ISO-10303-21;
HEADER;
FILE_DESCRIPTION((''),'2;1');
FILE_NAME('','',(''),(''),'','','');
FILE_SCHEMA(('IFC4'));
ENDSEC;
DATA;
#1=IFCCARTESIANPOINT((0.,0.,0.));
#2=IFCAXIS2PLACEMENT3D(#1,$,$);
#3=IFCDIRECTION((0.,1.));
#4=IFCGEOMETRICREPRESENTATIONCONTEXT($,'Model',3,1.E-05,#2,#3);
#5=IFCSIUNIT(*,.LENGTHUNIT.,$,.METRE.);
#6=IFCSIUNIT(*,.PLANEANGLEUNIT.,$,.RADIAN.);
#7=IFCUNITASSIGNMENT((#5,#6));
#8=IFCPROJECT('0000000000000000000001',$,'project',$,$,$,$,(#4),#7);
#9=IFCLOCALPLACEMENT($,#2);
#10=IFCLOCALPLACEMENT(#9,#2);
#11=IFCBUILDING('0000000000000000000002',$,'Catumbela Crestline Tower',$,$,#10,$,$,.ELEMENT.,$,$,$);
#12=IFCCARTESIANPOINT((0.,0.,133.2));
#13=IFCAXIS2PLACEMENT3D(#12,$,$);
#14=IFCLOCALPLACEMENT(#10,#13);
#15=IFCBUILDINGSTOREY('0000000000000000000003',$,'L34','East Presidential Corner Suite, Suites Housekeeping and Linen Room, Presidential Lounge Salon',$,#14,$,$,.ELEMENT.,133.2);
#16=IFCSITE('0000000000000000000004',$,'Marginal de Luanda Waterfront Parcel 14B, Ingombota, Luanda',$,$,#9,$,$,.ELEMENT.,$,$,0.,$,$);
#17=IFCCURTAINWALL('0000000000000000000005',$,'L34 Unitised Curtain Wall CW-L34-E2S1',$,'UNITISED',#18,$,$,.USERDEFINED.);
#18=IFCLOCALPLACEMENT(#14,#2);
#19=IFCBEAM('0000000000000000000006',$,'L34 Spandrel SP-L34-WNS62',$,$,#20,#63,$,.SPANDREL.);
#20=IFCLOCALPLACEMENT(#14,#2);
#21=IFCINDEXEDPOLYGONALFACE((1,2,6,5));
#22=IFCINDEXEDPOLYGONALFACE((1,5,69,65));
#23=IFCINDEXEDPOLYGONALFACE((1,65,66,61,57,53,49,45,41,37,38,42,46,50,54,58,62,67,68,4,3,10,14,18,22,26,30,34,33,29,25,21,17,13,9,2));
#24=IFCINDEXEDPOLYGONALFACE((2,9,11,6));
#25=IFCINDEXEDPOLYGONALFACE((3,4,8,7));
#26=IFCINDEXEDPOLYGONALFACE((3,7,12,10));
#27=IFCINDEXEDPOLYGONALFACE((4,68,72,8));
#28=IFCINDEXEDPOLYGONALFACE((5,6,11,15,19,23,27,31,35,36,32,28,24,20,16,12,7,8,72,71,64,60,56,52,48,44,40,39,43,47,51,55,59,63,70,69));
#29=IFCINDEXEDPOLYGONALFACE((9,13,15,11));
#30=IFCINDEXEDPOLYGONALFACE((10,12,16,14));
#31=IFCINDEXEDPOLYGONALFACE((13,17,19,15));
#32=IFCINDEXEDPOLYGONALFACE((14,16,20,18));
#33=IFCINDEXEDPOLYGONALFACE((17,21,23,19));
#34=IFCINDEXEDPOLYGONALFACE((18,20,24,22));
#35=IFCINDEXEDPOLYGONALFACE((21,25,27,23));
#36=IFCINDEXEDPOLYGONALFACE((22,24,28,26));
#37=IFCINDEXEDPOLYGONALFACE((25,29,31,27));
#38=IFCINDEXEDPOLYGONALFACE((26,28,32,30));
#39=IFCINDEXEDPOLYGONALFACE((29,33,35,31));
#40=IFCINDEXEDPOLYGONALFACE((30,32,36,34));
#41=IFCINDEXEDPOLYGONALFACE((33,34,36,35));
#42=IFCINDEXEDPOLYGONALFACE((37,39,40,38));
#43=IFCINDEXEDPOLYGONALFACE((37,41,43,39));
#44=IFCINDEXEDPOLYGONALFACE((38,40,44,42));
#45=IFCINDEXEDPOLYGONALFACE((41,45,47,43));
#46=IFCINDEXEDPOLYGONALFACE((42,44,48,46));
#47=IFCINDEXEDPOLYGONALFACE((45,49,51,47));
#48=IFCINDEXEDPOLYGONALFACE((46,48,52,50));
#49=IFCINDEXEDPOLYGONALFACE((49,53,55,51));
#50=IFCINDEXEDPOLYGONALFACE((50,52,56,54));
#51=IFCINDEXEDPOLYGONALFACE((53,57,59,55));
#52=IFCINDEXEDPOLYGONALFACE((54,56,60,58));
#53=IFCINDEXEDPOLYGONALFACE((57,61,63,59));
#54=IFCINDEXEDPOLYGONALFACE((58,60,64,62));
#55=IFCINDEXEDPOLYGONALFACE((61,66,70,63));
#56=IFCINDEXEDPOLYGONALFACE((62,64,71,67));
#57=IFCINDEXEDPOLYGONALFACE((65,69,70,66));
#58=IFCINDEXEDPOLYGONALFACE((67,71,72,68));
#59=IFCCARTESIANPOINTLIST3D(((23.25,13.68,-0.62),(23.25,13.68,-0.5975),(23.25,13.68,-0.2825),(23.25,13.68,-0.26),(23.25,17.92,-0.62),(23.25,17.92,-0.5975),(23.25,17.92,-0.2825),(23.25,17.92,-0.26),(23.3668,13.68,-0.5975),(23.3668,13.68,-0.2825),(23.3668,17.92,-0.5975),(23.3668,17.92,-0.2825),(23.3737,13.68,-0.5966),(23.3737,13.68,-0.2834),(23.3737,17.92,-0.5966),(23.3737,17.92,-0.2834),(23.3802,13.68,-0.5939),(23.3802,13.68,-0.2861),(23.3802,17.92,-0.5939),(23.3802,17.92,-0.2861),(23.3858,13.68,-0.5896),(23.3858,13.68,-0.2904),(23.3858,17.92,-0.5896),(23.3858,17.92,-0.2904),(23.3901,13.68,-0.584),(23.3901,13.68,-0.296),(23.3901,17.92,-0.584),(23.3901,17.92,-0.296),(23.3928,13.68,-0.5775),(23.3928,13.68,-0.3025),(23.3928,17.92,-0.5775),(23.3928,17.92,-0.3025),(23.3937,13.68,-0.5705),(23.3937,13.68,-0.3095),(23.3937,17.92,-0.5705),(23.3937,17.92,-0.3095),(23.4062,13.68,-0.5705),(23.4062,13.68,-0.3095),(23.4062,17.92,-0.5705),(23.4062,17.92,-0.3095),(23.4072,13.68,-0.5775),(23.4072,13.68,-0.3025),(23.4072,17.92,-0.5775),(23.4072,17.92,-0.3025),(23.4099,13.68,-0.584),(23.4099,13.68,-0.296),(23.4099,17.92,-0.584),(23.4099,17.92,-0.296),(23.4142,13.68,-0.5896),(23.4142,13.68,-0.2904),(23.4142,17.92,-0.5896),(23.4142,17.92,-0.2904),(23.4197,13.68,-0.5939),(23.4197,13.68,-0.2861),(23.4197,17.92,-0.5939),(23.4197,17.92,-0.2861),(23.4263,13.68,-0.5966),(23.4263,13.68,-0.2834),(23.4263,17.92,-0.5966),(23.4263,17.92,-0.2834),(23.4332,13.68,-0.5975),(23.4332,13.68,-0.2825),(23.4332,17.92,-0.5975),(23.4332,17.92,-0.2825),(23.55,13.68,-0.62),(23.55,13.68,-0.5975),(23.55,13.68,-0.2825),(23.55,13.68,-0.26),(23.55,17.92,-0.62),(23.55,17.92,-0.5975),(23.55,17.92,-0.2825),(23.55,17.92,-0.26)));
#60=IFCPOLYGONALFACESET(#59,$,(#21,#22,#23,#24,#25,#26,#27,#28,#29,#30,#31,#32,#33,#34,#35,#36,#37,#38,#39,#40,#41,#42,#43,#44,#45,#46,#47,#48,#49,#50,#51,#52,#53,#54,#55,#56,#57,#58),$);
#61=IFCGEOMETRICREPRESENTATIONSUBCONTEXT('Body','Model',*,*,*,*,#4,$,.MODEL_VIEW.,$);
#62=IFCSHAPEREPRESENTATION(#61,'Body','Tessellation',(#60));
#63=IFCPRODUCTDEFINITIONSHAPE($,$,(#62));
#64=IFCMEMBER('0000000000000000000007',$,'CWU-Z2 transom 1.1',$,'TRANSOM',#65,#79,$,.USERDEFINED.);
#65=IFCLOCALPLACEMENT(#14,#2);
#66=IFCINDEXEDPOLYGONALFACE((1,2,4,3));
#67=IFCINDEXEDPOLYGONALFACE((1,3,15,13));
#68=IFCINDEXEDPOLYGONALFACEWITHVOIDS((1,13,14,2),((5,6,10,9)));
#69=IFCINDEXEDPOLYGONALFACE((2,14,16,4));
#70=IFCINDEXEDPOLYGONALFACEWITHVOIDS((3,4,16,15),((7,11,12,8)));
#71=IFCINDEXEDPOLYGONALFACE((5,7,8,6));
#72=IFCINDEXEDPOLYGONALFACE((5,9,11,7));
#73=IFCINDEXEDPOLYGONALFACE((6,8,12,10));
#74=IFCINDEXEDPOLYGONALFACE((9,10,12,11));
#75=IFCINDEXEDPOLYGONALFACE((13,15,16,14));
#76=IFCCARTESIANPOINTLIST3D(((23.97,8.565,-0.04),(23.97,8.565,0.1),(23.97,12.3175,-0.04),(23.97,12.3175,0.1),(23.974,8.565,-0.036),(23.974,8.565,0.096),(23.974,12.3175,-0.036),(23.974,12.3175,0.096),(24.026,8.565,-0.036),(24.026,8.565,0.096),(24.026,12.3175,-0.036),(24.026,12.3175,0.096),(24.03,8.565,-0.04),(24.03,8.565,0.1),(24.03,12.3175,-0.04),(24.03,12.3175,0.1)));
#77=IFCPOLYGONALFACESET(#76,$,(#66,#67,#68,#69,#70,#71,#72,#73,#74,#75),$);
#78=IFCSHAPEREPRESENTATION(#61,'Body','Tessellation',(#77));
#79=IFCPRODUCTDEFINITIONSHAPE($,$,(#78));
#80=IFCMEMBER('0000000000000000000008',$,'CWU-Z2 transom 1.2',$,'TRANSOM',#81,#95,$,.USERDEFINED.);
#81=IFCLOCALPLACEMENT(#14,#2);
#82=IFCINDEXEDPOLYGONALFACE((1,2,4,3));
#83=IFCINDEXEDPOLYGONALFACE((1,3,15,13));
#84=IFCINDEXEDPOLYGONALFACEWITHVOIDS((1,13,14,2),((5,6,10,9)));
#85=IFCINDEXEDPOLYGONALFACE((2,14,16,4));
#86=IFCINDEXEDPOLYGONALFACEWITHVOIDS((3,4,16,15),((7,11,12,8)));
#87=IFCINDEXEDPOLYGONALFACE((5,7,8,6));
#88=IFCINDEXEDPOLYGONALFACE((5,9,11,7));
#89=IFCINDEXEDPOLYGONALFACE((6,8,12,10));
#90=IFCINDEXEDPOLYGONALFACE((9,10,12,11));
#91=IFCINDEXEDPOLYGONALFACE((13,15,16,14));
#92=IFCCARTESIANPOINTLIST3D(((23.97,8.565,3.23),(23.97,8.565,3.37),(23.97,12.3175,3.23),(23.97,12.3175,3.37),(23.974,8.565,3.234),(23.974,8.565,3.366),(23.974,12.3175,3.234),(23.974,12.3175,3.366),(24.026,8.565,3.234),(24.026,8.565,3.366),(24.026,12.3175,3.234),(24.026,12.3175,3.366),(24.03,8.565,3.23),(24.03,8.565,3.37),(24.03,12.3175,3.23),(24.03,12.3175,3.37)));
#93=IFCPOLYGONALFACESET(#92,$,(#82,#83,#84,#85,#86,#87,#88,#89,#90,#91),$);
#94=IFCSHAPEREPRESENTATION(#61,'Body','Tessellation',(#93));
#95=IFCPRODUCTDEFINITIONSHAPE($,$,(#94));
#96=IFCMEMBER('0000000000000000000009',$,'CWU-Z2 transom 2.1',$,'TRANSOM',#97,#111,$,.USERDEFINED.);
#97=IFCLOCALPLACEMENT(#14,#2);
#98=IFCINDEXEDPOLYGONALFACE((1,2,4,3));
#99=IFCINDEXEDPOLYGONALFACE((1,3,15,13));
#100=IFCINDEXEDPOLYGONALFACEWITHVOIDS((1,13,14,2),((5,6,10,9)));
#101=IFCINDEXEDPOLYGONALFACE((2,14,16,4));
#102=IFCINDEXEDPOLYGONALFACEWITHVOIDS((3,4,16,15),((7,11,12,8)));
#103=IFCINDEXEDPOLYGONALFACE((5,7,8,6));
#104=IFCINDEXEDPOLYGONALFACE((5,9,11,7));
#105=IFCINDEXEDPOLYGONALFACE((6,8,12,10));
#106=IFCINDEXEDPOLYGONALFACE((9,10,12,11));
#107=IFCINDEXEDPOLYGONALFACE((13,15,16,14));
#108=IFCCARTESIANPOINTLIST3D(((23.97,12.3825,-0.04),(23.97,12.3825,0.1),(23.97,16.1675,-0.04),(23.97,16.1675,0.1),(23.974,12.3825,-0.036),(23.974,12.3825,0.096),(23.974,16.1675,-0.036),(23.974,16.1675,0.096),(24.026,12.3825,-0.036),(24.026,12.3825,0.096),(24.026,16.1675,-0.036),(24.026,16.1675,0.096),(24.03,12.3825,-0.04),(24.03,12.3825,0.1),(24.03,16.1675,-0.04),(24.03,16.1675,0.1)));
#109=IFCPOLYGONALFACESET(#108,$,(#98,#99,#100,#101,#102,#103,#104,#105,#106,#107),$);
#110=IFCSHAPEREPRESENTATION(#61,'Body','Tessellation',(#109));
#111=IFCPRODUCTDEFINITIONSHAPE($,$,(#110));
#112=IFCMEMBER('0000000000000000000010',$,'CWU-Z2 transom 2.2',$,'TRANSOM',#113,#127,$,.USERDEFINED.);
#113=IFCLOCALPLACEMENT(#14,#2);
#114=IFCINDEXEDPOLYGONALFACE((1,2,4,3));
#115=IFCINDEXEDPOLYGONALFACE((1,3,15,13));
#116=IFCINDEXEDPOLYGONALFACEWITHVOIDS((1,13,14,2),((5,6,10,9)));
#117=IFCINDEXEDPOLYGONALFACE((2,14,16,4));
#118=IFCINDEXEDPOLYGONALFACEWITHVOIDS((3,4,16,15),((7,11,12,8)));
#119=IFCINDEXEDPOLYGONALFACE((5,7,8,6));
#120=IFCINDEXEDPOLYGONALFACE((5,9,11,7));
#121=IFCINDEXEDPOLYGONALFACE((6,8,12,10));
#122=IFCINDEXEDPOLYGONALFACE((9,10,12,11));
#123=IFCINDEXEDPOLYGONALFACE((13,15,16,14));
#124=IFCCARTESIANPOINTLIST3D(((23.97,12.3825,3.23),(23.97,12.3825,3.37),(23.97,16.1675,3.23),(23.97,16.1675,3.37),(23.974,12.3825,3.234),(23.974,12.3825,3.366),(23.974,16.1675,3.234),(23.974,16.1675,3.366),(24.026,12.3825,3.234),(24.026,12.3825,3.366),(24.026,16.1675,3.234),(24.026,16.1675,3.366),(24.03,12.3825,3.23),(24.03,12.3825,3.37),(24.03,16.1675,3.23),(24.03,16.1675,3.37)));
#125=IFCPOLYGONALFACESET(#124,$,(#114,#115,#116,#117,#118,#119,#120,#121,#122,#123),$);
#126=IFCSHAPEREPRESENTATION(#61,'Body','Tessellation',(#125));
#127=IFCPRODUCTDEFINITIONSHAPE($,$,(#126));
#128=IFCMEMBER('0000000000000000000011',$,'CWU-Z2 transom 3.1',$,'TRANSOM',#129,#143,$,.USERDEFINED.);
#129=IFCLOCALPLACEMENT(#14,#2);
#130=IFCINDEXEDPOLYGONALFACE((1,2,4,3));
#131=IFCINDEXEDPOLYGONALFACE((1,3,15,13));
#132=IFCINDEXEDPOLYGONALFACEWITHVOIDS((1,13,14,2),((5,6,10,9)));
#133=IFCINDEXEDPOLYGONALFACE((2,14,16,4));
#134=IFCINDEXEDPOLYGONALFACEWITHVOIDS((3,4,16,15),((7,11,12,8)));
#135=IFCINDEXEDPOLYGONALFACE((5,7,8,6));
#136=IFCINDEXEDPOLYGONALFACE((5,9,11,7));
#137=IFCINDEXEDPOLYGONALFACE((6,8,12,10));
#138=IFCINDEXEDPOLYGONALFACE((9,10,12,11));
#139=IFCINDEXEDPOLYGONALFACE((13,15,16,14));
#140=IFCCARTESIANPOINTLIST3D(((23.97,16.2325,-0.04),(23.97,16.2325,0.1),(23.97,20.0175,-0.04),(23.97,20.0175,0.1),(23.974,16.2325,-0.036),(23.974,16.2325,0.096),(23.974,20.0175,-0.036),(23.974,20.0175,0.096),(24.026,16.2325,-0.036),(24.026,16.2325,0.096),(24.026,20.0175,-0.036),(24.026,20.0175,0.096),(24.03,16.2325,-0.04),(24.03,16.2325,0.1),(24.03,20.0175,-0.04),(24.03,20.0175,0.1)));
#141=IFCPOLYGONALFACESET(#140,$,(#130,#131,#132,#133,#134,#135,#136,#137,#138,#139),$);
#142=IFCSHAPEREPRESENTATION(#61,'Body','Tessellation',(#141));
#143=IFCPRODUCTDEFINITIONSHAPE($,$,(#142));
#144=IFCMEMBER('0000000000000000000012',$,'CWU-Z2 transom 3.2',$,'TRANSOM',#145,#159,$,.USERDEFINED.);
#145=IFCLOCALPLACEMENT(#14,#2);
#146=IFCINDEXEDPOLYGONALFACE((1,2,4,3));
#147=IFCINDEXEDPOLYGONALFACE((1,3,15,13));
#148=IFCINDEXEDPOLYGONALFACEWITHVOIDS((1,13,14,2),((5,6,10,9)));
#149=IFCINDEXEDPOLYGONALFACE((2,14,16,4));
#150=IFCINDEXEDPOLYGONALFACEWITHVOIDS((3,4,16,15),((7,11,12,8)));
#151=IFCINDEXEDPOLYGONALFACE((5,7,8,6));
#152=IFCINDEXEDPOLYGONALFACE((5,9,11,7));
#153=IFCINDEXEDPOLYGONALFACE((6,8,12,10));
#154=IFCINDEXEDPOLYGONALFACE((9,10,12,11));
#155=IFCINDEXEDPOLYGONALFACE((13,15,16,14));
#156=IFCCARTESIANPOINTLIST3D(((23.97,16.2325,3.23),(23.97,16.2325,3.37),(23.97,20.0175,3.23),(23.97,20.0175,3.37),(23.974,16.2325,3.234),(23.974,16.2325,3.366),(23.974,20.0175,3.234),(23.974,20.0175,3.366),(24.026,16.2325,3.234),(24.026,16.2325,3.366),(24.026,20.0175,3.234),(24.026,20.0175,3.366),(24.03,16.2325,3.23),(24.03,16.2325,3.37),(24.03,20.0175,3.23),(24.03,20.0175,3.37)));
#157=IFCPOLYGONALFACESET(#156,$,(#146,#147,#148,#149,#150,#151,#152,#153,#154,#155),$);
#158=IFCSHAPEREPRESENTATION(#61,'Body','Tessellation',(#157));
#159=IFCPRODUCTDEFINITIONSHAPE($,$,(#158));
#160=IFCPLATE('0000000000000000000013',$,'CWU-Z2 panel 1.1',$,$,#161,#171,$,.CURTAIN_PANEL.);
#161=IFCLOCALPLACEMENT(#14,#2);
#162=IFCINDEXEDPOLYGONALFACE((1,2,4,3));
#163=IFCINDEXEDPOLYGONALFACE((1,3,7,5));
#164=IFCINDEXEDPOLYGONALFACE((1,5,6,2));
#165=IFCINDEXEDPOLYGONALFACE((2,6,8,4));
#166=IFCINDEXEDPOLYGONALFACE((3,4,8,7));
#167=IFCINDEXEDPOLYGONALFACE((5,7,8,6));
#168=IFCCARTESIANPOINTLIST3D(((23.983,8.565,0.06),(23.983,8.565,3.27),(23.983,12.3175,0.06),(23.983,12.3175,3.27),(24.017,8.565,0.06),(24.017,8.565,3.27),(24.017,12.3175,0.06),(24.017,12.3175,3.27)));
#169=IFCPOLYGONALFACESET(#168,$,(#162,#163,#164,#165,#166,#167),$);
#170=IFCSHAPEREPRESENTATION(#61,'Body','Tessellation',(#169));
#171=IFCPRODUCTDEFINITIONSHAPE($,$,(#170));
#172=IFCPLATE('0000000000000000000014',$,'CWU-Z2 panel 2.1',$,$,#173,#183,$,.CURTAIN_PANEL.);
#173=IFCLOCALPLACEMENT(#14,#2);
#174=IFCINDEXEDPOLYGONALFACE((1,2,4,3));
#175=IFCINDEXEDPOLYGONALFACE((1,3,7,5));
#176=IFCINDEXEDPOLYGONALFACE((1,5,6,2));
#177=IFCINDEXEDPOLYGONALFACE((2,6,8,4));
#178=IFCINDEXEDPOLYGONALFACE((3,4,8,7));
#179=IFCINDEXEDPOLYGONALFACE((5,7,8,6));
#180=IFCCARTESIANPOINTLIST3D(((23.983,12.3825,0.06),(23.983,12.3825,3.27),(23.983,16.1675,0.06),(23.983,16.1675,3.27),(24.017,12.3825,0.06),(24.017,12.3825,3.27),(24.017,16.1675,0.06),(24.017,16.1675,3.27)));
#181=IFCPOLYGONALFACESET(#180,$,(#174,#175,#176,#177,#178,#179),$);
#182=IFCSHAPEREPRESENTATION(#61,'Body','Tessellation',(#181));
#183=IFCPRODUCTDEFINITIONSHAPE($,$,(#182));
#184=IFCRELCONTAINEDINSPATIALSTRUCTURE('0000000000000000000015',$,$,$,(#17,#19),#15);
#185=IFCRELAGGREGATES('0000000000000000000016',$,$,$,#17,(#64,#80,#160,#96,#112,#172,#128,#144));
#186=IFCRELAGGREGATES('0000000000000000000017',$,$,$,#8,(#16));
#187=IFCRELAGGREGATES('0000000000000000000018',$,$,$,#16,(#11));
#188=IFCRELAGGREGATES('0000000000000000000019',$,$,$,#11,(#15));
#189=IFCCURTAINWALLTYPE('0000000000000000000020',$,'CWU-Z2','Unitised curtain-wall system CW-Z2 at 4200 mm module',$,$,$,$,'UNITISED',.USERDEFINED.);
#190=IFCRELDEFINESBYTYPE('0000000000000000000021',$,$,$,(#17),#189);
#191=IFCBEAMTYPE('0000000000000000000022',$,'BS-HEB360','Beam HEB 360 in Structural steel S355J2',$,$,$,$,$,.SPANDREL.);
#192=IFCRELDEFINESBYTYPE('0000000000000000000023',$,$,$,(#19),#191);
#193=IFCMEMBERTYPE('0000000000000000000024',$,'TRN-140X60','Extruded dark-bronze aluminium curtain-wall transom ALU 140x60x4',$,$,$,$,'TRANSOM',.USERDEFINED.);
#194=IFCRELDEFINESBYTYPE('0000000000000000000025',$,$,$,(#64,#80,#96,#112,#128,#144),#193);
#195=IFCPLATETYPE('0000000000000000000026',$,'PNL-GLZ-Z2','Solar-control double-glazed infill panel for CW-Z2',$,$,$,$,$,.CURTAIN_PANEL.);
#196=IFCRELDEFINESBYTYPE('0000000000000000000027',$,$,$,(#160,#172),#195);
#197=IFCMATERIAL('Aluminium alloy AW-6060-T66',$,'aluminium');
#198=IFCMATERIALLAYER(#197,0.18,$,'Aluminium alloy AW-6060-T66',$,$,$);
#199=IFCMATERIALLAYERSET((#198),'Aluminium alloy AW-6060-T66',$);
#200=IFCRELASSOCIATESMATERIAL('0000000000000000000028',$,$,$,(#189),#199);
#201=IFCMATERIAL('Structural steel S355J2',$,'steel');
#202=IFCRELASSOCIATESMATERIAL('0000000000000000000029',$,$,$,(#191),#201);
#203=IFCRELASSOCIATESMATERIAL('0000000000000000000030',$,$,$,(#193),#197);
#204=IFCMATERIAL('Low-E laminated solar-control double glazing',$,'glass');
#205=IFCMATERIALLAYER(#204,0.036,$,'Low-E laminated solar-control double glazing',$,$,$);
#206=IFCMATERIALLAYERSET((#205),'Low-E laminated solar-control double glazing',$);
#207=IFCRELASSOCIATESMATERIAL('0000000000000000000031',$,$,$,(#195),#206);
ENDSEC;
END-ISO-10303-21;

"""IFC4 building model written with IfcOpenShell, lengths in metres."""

from ifc_helpers import new_model, si_unit, direction, frame, origin, origin_2d, place, context, subcontext, project, spatial, rectangle, hollow_rectangle, i_section, extrude, material, layer, layer_set, material_profile, profile_set, type_object, element, aggregate, save


model = new_model("IFC4")

# Units and contexts
model_context = context("Model", 3, precision=1e-05, world=origin(), true_north=direction((0.0, 1.0)))
body_context = subcontext(model_context, "Body", "Model", "MODEL_VIEW")
ifc_project = project(units=[si_unit("LENGTHUNIT", "METRE"), si_unit("PLANEANGLEUNIT", "RADIAN")], contexts=[model_context])

# Site, building, storey
site_placement = place(None, origin())
site = spatial("IfcSite", under=ifc_project, at=site_placement, Name="Marginal de Luanda Waterfront Parcel 14B, Ingombota, Luanda", CompositionType="ELEMENT", RefElevation=0.0)
building_placement = place(site_placement, origin())
building = spatial("IfcBuilding", under=site, at=building_placement, Name="Catumbela Crestline Tower", CompositionType="ELEMENT")
storey_placement = place(building_placement, frame((0.0, 0.0, 133.2)))
storey = spatial("IfcBuildingStorey", under=building, at=storey_placement, Name="L34", Description="East Presidential Corner Suite, Suites Housekeeping and Linen Room, Presidential Lounge Salon", CompositionType="ELEMENT", Elevation=133.2)

# Shared definitions
ifc_material_1 = material(Name="Structural steel S355J2", Category="steel")

# Shared definitions
ifc_material_2 = material(Name="Aluminium alloy AW-6060-T66", Category="aluminium")
ifc_layer_1 = layer(ifc_material_2, 0.18, Name="Aluminium alloy AW-6060-T66")
ifc_layer_set_1 = layer_set([ifc_layer_1], Name="Aluminium alloy AW-6060-T66")
curtain_wall_type = type_object("IfcCurtainWallType", Name="CWU-Z2", Description="Unitised curtain-wall system CW-Z2 at 4200 mm module", ElementType="UNITISED", PredefinedType="USERDEFINED", material=ifc_layer_set_1)

# Curtain wall
curtain_wall_1_placement = place(storey_placement, origin())
curtain_wall_1 = element("IfcCurtainWall", 1, at=curtain_wall_1_placement, inside=storey, type_object=curtain_wall_type, Name="L34 Unitised Curtain Wall CW-L34-E2S1", ObjectType="UNITISED", PredefinedType="USERDEFINED")

# Beam
ifc_material_profile_1 = material_profile(ifc_material_1, i_section(OverallWidth=0.3, OverallDepth=0.36, WebThickness=0.0125, FlangeThickness=0.0225, FilletRadius=0.027, at=origin_2d()), Name="HEB 360")
ifc_profile_set_1 = profile_set([ifc_material_profile_1], Name="Structural steel S355J2")
beam_type_1 = type_object("IfcBeamType", Name="BS-HEB360", Description="Beam HEB 360 in Structural steel S355J2", PredefinedType="SPANDREL", material=ifc_profile_set_1)
beam_1_placement = place(storey_placement, frame((23.4, 13.68, -0.44), z_axis=(0.0, 1.0, 0.0), x_axis=(-1.0, 0.0, 0.0)))
element("IfcBeam", 2, at=beam_1_placement, inside=storey, type_object=beam_type_1, Name="L34 Spandrel SP-L34-WNS62", PredefinedType="SPANDREL", context=body_context, shape_type="SweptSolid", body=[
    extrude(i_section(OverallWidth=0.3, OverallDepth=0.36, WebThickness=0.0125, FlangeThickness=0.0225, FilletRadius=0.027, at=origin_2d()), origin(), (0.0, 0.0, 1.0), 4.24),
])

# Members
ifc_material_profile_2 = material_profile(ifc_material_2, hollow_rectangle(XDim=0.06, YDim=0.14, WallThickness=0.004, at=origin_2d()), Name="ALU 140x60x4")
ifc_profile_set_2 = profile_set([ifc_material_profile_2], Name="Aluminium alloy AW-6060-T66")
member_type_1 = type_object("IfcMemberType", Name="TRN-140X60", Description="Extruded dark-bronze aluminium curtain-wall transom ALU 140x60x4", ElementType="TRANSOM", PredefinedType="USERDEFINED", material=ifc_profile_set_2)
member_1_placement = place(storey_placement, frame((24.0, 8.565, 0.03), z_axis=(0.0, 1.0, 0.0), x_axis=(-1.0, 0.0, 0.0)))
member_1 = element("IfcMember", 3, at=member_1_placement, type_object=member_type_1, Name="CWU-Z2 transom 1.1", ObjectType="TRANSOM", PredefinedType="USERDEFINED", context=body_context, shape_type="SweptSolid", body=[
    extrude(hollow_rectangle(XDim=0.06, YDim=0.14, WallThickness=0.004, at=origin_2d()), origin(), (0.0, 0.0, 1.0), 3.7525),
])
member_2_placement = place(storey_placement, frame((24.0, 8.565, 3.3), z_axis=(0.0, 1.0, 0.0), x_axis=(-1.0, 0.0, 0.0)))
member_2 = element("IfcMember", 4, at=member_2_placement, type_object=member_type_1, Name="CWU-Z2 transom 1.2", ObjectType="TRANSOM", PredefinedType="USERDEFINED", context=body_context, shape_type="SweptSolid", body=[
    extrude(hollow_rectangle(XDim=0.06, YDim=0.14, WallThickness=0.004, at=origin_2d()), origin(), (0.0, 0.0, 1.0), 3.7525),
])
member_3_placement = place(storey_placement, frame((24.0, 12.3825, 0.03), z_axis=(0.0, 1.0, 0.0), x_axis=(-1.0, 0.0, 0.0)))
member_3 = element("IfcMember", 5, at=member_3_placement, type_object=member_type_1, Name="CWU-Z2 transom 2.1", ObjectType="TRANSOM", PredefinedType="USERDEFINED", context=body_context, shape_type="SweptSolid", body=[
    extrude(hollow_rectangle(XDim=0.06, YDim=0.14, WallThickness=0.004, at=origin_2d()), origin(), (0.0, 0.0, 1.0), 3.785),
])
member_4_placement = place(storey_placement, frame((24.0, 12.3825, 3.3), z_axis=(0.0, 1.0, 0.0), x_axis=(-1.0, 0.0, 0.0)))
member_4 = element("IfcMember", 6, at=member_4_placement, type_object=member_type_1, Name="CWU-Z2 transom 2.2", ObjectType="TRANSOM", PredefinedType="USERDEFINED", context=body_context, shape_type="SweptSolid", body=[
    extrude(hollow_rectangle(XDim=0.06, YDim=0.14, WallThickness=0.004, at=origin_2d()), origin(), (0.0, 0.0, 1.0), 3.785),
])
member_5_placement = place(storey_placement, frame((24.0, 16.2325, 0.03), z_axis=(0.0, 1.0, 0.0), x_axis=(-1.0, 0.0, 0.0)))
member_5 = element("IfcMember", 7, at=member_5_placement, type_object=member_type_1, Name="CWU-Z2 transom 3.1", ObjectType="TRANSOM", PredefinedType="USERDEFINED", context=body_context, shape_type="SweptSolid", body=[
    extrude(hollow_rectangle(XDim=0.06, YDim=0.14, WallThickness=0.004, at=origin_2d()), origin(), (0.0, 0.0, 1.0), 3.785),
])
member_6_placement = place(storey_placement, frame((24.0, 16.2325, 3.3), z_axis=(0.0, 1.0, 0.0), x_axis=(-1.0, 0.0, 0.0)))
member_6 = element("IfcMember", 8, at=member_6_placement, type_object=member_type_1, Name="CWU-Z2 transom 3.2", ObjectType="TRANSOM", PredefinedType="USERDEFINED", context=body_context, shape_type="SweptSolid", body=[
    extrude(hollow_rectangle(XDim=0.06, YDim=0.14, WallThickness=0.004, at=origin_2d()), origin(), (0.0, 0.0, 1.0), 3.785),
])

# Plates
ifc_material_3 = material(Name="Low-E laminated solar-control double glazing", Category="glass")
ifc_layer_2 = layer(ifc_material_3, 0.036, Name="Low-E laminated solar-control double glazing")
ifc_layer_set_2 = layer_set([ifc_layer_2], Name="Low-E laminated solar-control double glazing")
plate_type = type_object("IfcPlateType", Name="PNL-GLZ-Z2", Description="Solar-control double-glazed infill panel for CW-Z2", PredefinedType="CURTAIN_PANEL", material=ifc_layer_set_2)
plate_1_placement = place(storey_placement, frame((24.0, 10.4412, 0.06), z_axis=(0.0, 0.0, 1.0), x_axis=(0.0, 1.0, 0.0)))
plate_1 = element("IfcPlate", 9, at=plate_1_placement, type_object=plate_type, Name="CWU-Z2 panel 1.1", PredefinedType="CURTAIN_PANEL", context=body_context, shape_type="SweptSolid", body=[
    extrude(rectangle(XDim=3.7525, YDim=0.034, at=origin_2d()), origin(), (0.0, 0.0, 1.0), 3.21),
])
plate_2_placement = place(storey_placement, frame((24.0, 14.275, 0.06), z_axis=(0.0, 0.0, 1.0), x_axis=(0.0, 1.0, 0.0)))
plate_2 = element("IfcPlate", 10, at=plate_2_placement, type_object=plate_type, Name="CWU-Z2 panel 2.1", PredefinedType="CURTAIN_PANEL", context=body_context, shape_type="SweptSolid", body=[
    extrude(rectangle(XDim=3.785, YDim=0.034, at=origin_2d()), origin(), (0.0, 0.0, 1.0), 3.21),
])
aggregate(curtain_wall_1, [member_1, member_2, plate_1, member_3, member_4, plate_2, member_5, member_6])

save(model, "model.ifc")
